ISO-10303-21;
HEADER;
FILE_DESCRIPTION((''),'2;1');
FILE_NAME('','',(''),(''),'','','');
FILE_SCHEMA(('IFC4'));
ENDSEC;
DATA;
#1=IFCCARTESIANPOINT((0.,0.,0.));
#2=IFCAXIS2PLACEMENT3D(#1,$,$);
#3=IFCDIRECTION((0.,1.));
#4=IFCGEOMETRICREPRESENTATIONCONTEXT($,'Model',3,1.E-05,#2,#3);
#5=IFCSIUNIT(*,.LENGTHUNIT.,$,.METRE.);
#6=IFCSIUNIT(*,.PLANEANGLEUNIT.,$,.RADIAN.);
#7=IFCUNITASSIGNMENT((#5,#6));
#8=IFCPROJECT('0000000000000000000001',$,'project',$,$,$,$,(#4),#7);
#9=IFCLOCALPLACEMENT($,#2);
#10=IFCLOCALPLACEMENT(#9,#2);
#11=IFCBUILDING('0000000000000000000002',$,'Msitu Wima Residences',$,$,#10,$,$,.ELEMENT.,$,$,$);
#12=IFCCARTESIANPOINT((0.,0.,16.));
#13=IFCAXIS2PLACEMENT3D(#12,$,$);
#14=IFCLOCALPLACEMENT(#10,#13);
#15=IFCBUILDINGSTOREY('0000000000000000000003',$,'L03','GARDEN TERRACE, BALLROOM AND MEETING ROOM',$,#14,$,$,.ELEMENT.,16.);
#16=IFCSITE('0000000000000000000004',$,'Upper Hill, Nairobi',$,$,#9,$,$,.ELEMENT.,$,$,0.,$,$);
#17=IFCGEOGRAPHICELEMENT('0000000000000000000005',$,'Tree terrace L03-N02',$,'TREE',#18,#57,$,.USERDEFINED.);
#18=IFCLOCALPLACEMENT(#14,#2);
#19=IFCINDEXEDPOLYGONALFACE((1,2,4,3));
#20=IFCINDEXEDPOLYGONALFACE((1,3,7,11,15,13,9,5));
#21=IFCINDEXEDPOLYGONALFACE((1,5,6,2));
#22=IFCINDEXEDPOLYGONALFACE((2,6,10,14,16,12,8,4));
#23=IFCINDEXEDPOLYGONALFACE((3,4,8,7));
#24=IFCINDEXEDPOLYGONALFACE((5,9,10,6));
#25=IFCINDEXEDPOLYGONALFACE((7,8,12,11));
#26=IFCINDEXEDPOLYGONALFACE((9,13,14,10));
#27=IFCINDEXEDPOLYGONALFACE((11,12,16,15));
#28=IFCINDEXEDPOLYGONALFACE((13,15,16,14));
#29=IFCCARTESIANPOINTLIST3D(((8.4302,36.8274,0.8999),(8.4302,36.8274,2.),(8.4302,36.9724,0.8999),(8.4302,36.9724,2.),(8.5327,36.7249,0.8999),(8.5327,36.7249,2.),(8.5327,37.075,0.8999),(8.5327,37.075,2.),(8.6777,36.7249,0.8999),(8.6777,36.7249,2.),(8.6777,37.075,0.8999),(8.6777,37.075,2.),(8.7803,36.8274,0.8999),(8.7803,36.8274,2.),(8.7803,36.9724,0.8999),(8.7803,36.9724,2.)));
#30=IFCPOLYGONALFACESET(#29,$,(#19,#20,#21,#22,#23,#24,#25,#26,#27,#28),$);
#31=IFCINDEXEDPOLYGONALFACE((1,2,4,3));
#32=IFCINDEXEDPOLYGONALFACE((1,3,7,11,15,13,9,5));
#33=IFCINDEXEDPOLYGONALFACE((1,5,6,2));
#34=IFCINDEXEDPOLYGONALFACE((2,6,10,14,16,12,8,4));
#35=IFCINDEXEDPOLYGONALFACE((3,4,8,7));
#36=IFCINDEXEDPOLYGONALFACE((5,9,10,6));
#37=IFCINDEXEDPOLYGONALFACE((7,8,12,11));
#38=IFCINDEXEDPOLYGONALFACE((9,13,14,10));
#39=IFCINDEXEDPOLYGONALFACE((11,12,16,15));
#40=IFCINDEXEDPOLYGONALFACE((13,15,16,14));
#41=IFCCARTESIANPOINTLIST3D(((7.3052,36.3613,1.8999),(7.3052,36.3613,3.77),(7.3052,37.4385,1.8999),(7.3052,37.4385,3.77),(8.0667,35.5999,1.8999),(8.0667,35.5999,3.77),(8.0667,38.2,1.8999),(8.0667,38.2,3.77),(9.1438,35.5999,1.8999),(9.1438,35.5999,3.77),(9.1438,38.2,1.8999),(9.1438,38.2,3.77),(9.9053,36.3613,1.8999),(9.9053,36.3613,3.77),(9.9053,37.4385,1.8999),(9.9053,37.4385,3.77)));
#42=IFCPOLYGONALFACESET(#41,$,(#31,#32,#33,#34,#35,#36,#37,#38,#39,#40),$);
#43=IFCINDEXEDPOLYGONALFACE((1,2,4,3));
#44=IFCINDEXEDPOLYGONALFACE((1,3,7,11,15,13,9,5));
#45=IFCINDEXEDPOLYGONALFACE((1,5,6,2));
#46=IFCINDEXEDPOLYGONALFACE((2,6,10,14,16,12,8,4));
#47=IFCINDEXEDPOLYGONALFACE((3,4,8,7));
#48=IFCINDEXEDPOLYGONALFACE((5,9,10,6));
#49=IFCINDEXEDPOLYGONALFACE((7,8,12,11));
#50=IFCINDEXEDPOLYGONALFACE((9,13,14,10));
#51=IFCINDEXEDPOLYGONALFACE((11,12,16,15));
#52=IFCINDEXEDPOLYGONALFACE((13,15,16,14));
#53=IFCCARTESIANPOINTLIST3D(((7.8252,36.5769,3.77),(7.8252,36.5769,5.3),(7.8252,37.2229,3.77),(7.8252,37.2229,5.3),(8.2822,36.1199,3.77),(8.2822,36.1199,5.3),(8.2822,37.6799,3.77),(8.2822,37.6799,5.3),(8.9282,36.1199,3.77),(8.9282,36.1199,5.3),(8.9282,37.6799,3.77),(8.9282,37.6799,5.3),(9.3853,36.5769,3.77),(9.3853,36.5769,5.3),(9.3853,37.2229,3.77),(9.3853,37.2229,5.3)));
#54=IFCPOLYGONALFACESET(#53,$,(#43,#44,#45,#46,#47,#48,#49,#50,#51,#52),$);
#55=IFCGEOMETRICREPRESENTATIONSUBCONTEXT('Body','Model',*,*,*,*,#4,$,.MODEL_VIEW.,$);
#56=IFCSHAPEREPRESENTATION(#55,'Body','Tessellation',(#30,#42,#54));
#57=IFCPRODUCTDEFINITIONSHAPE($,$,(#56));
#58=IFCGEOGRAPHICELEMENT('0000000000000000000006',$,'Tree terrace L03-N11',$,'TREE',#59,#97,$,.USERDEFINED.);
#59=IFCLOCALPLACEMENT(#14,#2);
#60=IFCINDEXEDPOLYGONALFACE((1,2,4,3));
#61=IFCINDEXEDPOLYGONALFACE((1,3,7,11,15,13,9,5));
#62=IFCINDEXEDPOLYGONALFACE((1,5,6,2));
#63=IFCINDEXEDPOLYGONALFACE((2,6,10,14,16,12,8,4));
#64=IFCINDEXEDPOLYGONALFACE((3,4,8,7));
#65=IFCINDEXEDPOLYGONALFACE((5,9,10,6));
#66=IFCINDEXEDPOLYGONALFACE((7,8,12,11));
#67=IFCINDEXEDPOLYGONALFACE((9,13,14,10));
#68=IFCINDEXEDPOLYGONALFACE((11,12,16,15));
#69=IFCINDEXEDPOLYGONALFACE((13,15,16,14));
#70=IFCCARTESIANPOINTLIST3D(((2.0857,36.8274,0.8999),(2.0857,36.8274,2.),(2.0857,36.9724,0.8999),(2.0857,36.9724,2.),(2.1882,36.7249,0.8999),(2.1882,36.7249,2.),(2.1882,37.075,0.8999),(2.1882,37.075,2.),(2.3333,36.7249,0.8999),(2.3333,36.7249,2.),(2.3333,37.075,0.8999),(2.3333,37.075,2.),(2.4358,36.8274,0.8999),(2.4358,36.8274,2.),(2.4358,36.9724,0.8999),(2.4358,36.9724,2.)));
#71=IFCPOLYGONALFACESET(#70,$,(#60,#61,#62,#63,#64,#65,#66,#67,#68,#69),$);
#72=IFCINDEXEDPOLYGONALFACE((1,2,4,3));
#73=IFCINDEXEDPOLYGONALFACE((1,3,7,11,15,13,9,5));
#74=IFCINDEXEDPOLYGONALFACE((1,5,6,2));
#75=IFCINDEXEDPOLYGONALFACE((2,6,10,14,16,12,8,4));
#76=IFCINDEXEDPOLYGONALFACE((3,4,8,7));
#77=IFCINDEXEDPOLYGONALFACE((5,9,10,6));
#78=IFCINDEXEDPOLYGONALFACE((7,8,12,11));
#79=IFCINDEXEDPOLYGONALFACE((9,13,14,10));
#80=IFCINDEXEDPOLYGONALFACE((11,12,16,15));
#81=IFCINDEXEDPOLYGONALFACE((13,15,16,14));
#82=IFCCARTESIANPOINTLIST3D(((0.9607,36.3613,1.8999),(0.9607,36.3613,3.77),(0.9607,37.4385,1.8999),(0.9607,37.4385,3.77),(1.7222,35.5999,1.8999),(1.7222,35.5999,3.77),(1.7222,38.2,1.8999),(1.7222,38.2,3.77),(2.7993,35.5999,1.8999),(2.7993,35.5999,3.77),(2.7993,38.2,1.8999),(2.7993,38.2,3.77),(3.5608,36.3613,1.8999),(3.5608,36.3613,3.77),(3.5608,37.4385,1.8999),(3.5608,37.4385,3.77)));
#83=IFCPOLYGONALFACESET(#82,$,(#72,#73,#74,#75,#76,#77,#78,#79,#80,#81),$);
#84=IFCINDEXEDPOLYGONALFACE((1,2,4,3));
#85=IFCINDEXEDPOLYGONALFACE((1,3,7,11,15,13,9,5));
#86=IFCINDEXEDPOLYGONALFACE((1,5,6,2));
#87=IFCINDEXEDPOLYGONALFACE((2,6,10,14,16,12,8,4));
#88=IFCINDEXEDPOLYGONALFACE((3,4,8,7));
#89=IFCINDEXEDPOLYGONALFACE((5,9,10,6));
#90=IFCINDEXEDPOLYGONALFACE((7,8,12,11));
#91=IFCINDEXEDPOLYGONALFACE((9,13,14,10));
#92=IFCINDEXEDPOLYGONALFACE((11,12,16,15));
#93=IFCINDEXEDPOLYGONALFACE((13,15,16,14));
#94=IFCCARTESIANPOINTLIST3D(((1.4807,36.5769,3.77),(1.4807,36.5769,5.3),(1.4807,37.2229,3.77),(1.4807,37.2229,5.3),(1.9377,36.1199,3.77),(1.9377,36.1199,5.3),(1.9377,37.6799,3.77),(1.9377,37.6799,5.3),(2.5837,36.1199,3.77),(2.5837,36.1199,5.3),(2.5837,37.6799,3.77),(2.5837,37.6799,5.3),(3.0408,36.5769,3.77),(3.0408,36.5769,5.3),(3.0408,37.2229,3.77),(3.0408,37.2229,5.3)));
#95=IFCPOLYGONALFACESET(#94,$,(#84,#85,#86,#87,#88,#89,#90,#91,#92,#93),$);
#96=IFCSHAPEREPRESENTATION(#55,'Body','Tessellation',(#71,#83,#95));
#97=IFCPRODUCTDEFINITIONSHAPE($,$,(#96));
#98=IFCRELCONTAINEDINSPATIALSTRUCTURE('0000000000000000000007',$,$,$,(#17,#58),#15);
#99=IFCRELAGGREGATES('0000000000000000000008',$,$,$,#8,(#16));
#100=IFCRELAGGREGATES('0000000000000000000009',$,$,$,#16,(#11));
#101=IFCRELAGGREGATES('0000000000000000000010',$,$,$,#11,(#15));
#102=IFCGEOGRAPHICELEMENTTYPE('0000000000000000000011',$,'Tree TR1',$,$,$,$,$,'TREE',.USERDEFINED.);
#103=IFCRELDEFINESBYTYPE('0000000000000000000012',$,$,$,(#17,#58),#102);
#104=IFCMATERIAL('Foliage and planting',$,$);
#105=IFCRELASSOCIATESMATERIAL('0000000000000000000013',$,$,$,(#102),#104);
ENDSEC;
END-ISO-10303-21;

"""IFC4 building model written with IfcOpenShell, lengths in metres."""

from ifc_helpers import new_model, si_unit, direction, frame, origin, place, context, subcontext, project, spatial, polyline, outline, extrude, material, type_object, element, save


model = new_model("IFC4")

# Units and contexts
model_context = context("Model", 3, precision=1e-05, world=origin(), true_north=direction((0.0, 1.0)))
body_context = subcontext(model_context, "Body", "Model", "MODEL_VIEW")
ifc_project = project(units=[si_unit("LENGTHUNIT", "METRE"), si_unit("PLANEANGLEUNIT", "RADIAN")], contexts=[model_context])

# Site, building, storey
site_placement = place(None, origin())
site = spatial("IfcSite", under=ifc_project, at=site_placement, Name="Upper Hill, Nairobi", CompositionType="ELEMENT", RefElevation=0.0)
building_placement = place(site_placement, origin())
building = spatial("IfcBuilding", under=site, at=building_placement, Name="Msitu Wima Residences", CompositionType="ELEMENT")
storey_placement = place(building_placement, frame((0.0, 0.0, 16.0)))
storey = spatial("IfcBuildingStorey", under=building, at=storey_placement, Name="L03", Description="GARDEN TERRACE, BALLROOM AND MEETING ROOM", CompositionType="ELEMENT", Elevation=16.0)

# Geographic elements
ifc_material_1 = material(Name="Foliage and planting")
geographic_element_type = type_object("IfcGeographicElementType", Name="Tree TR1", ElementType="TREE", PredefinedType="USERDEFINED", material=ifc_material_1)
for number, where, z_axis, x_axis, name in (
    (1, (8.6052, 36.8999, 0.8999), (0.0, 0.0, 1.0), (1.0, 0.0, 0.0), "Tree terrace L03-N02"),
    (2, (2.2607, 36.8999, 0.8999), (0.0, 0.0, 1.0), (1.0, 0.0, 0.0), "Tree terrace L03-N11"),
):
    element("IfcGeographicElement", number, at=place(storey_placement, frame(where, z_axis=z_axis, x_axis=x_axis)), inside=storey, type_object=geographic_element_type, Name=name, ObjectType="TREE", PredefinedType="USERDEFINED", context=body_context, shape_type="SweptSolid", body=[
        extrude(outline(polyline([(0.175, 0.0725), (0.0725, 0.175), (-0.0725, 0.175), (-0.175, 0.0725), (-0.175, -0.0725), (-0.0725, -0.175), (0.0725, -0.175), (0.175, -0.0725), (0.175, 0.0725)])), origin(), (0.0, 0.0, 1.0), 1.1001),
        extrude(outline(polyline([(1.3, 0.5386), (0.5386, 1.3), (-0.5386, 1.3), (-1.3, 0.5386), (-1.3, -0.5386), (-0.5386, -1.3), (0.5386, -1.3), (1.3, -0.5386), (1.3, 0.5386)])), frame((0.0, 0.0, 1.0)), (0.0, 0.0, 1.0), 1.8701),
        extrude(outline(polyline([(0.78, 0.323), (0.323, 0.78), (-0.323, 0.78), (-0.78, 0.323), (-0.78, -0.323), (-0.323, -0.78), (0.323, -0.78), (0.78, -0.323), (0.78, 0.323)])), frame((0.0, 0.0, 2.8701)), (0.0, 0.0, 1.0), 1.53),
    ])

save(model, "model.ifc")
